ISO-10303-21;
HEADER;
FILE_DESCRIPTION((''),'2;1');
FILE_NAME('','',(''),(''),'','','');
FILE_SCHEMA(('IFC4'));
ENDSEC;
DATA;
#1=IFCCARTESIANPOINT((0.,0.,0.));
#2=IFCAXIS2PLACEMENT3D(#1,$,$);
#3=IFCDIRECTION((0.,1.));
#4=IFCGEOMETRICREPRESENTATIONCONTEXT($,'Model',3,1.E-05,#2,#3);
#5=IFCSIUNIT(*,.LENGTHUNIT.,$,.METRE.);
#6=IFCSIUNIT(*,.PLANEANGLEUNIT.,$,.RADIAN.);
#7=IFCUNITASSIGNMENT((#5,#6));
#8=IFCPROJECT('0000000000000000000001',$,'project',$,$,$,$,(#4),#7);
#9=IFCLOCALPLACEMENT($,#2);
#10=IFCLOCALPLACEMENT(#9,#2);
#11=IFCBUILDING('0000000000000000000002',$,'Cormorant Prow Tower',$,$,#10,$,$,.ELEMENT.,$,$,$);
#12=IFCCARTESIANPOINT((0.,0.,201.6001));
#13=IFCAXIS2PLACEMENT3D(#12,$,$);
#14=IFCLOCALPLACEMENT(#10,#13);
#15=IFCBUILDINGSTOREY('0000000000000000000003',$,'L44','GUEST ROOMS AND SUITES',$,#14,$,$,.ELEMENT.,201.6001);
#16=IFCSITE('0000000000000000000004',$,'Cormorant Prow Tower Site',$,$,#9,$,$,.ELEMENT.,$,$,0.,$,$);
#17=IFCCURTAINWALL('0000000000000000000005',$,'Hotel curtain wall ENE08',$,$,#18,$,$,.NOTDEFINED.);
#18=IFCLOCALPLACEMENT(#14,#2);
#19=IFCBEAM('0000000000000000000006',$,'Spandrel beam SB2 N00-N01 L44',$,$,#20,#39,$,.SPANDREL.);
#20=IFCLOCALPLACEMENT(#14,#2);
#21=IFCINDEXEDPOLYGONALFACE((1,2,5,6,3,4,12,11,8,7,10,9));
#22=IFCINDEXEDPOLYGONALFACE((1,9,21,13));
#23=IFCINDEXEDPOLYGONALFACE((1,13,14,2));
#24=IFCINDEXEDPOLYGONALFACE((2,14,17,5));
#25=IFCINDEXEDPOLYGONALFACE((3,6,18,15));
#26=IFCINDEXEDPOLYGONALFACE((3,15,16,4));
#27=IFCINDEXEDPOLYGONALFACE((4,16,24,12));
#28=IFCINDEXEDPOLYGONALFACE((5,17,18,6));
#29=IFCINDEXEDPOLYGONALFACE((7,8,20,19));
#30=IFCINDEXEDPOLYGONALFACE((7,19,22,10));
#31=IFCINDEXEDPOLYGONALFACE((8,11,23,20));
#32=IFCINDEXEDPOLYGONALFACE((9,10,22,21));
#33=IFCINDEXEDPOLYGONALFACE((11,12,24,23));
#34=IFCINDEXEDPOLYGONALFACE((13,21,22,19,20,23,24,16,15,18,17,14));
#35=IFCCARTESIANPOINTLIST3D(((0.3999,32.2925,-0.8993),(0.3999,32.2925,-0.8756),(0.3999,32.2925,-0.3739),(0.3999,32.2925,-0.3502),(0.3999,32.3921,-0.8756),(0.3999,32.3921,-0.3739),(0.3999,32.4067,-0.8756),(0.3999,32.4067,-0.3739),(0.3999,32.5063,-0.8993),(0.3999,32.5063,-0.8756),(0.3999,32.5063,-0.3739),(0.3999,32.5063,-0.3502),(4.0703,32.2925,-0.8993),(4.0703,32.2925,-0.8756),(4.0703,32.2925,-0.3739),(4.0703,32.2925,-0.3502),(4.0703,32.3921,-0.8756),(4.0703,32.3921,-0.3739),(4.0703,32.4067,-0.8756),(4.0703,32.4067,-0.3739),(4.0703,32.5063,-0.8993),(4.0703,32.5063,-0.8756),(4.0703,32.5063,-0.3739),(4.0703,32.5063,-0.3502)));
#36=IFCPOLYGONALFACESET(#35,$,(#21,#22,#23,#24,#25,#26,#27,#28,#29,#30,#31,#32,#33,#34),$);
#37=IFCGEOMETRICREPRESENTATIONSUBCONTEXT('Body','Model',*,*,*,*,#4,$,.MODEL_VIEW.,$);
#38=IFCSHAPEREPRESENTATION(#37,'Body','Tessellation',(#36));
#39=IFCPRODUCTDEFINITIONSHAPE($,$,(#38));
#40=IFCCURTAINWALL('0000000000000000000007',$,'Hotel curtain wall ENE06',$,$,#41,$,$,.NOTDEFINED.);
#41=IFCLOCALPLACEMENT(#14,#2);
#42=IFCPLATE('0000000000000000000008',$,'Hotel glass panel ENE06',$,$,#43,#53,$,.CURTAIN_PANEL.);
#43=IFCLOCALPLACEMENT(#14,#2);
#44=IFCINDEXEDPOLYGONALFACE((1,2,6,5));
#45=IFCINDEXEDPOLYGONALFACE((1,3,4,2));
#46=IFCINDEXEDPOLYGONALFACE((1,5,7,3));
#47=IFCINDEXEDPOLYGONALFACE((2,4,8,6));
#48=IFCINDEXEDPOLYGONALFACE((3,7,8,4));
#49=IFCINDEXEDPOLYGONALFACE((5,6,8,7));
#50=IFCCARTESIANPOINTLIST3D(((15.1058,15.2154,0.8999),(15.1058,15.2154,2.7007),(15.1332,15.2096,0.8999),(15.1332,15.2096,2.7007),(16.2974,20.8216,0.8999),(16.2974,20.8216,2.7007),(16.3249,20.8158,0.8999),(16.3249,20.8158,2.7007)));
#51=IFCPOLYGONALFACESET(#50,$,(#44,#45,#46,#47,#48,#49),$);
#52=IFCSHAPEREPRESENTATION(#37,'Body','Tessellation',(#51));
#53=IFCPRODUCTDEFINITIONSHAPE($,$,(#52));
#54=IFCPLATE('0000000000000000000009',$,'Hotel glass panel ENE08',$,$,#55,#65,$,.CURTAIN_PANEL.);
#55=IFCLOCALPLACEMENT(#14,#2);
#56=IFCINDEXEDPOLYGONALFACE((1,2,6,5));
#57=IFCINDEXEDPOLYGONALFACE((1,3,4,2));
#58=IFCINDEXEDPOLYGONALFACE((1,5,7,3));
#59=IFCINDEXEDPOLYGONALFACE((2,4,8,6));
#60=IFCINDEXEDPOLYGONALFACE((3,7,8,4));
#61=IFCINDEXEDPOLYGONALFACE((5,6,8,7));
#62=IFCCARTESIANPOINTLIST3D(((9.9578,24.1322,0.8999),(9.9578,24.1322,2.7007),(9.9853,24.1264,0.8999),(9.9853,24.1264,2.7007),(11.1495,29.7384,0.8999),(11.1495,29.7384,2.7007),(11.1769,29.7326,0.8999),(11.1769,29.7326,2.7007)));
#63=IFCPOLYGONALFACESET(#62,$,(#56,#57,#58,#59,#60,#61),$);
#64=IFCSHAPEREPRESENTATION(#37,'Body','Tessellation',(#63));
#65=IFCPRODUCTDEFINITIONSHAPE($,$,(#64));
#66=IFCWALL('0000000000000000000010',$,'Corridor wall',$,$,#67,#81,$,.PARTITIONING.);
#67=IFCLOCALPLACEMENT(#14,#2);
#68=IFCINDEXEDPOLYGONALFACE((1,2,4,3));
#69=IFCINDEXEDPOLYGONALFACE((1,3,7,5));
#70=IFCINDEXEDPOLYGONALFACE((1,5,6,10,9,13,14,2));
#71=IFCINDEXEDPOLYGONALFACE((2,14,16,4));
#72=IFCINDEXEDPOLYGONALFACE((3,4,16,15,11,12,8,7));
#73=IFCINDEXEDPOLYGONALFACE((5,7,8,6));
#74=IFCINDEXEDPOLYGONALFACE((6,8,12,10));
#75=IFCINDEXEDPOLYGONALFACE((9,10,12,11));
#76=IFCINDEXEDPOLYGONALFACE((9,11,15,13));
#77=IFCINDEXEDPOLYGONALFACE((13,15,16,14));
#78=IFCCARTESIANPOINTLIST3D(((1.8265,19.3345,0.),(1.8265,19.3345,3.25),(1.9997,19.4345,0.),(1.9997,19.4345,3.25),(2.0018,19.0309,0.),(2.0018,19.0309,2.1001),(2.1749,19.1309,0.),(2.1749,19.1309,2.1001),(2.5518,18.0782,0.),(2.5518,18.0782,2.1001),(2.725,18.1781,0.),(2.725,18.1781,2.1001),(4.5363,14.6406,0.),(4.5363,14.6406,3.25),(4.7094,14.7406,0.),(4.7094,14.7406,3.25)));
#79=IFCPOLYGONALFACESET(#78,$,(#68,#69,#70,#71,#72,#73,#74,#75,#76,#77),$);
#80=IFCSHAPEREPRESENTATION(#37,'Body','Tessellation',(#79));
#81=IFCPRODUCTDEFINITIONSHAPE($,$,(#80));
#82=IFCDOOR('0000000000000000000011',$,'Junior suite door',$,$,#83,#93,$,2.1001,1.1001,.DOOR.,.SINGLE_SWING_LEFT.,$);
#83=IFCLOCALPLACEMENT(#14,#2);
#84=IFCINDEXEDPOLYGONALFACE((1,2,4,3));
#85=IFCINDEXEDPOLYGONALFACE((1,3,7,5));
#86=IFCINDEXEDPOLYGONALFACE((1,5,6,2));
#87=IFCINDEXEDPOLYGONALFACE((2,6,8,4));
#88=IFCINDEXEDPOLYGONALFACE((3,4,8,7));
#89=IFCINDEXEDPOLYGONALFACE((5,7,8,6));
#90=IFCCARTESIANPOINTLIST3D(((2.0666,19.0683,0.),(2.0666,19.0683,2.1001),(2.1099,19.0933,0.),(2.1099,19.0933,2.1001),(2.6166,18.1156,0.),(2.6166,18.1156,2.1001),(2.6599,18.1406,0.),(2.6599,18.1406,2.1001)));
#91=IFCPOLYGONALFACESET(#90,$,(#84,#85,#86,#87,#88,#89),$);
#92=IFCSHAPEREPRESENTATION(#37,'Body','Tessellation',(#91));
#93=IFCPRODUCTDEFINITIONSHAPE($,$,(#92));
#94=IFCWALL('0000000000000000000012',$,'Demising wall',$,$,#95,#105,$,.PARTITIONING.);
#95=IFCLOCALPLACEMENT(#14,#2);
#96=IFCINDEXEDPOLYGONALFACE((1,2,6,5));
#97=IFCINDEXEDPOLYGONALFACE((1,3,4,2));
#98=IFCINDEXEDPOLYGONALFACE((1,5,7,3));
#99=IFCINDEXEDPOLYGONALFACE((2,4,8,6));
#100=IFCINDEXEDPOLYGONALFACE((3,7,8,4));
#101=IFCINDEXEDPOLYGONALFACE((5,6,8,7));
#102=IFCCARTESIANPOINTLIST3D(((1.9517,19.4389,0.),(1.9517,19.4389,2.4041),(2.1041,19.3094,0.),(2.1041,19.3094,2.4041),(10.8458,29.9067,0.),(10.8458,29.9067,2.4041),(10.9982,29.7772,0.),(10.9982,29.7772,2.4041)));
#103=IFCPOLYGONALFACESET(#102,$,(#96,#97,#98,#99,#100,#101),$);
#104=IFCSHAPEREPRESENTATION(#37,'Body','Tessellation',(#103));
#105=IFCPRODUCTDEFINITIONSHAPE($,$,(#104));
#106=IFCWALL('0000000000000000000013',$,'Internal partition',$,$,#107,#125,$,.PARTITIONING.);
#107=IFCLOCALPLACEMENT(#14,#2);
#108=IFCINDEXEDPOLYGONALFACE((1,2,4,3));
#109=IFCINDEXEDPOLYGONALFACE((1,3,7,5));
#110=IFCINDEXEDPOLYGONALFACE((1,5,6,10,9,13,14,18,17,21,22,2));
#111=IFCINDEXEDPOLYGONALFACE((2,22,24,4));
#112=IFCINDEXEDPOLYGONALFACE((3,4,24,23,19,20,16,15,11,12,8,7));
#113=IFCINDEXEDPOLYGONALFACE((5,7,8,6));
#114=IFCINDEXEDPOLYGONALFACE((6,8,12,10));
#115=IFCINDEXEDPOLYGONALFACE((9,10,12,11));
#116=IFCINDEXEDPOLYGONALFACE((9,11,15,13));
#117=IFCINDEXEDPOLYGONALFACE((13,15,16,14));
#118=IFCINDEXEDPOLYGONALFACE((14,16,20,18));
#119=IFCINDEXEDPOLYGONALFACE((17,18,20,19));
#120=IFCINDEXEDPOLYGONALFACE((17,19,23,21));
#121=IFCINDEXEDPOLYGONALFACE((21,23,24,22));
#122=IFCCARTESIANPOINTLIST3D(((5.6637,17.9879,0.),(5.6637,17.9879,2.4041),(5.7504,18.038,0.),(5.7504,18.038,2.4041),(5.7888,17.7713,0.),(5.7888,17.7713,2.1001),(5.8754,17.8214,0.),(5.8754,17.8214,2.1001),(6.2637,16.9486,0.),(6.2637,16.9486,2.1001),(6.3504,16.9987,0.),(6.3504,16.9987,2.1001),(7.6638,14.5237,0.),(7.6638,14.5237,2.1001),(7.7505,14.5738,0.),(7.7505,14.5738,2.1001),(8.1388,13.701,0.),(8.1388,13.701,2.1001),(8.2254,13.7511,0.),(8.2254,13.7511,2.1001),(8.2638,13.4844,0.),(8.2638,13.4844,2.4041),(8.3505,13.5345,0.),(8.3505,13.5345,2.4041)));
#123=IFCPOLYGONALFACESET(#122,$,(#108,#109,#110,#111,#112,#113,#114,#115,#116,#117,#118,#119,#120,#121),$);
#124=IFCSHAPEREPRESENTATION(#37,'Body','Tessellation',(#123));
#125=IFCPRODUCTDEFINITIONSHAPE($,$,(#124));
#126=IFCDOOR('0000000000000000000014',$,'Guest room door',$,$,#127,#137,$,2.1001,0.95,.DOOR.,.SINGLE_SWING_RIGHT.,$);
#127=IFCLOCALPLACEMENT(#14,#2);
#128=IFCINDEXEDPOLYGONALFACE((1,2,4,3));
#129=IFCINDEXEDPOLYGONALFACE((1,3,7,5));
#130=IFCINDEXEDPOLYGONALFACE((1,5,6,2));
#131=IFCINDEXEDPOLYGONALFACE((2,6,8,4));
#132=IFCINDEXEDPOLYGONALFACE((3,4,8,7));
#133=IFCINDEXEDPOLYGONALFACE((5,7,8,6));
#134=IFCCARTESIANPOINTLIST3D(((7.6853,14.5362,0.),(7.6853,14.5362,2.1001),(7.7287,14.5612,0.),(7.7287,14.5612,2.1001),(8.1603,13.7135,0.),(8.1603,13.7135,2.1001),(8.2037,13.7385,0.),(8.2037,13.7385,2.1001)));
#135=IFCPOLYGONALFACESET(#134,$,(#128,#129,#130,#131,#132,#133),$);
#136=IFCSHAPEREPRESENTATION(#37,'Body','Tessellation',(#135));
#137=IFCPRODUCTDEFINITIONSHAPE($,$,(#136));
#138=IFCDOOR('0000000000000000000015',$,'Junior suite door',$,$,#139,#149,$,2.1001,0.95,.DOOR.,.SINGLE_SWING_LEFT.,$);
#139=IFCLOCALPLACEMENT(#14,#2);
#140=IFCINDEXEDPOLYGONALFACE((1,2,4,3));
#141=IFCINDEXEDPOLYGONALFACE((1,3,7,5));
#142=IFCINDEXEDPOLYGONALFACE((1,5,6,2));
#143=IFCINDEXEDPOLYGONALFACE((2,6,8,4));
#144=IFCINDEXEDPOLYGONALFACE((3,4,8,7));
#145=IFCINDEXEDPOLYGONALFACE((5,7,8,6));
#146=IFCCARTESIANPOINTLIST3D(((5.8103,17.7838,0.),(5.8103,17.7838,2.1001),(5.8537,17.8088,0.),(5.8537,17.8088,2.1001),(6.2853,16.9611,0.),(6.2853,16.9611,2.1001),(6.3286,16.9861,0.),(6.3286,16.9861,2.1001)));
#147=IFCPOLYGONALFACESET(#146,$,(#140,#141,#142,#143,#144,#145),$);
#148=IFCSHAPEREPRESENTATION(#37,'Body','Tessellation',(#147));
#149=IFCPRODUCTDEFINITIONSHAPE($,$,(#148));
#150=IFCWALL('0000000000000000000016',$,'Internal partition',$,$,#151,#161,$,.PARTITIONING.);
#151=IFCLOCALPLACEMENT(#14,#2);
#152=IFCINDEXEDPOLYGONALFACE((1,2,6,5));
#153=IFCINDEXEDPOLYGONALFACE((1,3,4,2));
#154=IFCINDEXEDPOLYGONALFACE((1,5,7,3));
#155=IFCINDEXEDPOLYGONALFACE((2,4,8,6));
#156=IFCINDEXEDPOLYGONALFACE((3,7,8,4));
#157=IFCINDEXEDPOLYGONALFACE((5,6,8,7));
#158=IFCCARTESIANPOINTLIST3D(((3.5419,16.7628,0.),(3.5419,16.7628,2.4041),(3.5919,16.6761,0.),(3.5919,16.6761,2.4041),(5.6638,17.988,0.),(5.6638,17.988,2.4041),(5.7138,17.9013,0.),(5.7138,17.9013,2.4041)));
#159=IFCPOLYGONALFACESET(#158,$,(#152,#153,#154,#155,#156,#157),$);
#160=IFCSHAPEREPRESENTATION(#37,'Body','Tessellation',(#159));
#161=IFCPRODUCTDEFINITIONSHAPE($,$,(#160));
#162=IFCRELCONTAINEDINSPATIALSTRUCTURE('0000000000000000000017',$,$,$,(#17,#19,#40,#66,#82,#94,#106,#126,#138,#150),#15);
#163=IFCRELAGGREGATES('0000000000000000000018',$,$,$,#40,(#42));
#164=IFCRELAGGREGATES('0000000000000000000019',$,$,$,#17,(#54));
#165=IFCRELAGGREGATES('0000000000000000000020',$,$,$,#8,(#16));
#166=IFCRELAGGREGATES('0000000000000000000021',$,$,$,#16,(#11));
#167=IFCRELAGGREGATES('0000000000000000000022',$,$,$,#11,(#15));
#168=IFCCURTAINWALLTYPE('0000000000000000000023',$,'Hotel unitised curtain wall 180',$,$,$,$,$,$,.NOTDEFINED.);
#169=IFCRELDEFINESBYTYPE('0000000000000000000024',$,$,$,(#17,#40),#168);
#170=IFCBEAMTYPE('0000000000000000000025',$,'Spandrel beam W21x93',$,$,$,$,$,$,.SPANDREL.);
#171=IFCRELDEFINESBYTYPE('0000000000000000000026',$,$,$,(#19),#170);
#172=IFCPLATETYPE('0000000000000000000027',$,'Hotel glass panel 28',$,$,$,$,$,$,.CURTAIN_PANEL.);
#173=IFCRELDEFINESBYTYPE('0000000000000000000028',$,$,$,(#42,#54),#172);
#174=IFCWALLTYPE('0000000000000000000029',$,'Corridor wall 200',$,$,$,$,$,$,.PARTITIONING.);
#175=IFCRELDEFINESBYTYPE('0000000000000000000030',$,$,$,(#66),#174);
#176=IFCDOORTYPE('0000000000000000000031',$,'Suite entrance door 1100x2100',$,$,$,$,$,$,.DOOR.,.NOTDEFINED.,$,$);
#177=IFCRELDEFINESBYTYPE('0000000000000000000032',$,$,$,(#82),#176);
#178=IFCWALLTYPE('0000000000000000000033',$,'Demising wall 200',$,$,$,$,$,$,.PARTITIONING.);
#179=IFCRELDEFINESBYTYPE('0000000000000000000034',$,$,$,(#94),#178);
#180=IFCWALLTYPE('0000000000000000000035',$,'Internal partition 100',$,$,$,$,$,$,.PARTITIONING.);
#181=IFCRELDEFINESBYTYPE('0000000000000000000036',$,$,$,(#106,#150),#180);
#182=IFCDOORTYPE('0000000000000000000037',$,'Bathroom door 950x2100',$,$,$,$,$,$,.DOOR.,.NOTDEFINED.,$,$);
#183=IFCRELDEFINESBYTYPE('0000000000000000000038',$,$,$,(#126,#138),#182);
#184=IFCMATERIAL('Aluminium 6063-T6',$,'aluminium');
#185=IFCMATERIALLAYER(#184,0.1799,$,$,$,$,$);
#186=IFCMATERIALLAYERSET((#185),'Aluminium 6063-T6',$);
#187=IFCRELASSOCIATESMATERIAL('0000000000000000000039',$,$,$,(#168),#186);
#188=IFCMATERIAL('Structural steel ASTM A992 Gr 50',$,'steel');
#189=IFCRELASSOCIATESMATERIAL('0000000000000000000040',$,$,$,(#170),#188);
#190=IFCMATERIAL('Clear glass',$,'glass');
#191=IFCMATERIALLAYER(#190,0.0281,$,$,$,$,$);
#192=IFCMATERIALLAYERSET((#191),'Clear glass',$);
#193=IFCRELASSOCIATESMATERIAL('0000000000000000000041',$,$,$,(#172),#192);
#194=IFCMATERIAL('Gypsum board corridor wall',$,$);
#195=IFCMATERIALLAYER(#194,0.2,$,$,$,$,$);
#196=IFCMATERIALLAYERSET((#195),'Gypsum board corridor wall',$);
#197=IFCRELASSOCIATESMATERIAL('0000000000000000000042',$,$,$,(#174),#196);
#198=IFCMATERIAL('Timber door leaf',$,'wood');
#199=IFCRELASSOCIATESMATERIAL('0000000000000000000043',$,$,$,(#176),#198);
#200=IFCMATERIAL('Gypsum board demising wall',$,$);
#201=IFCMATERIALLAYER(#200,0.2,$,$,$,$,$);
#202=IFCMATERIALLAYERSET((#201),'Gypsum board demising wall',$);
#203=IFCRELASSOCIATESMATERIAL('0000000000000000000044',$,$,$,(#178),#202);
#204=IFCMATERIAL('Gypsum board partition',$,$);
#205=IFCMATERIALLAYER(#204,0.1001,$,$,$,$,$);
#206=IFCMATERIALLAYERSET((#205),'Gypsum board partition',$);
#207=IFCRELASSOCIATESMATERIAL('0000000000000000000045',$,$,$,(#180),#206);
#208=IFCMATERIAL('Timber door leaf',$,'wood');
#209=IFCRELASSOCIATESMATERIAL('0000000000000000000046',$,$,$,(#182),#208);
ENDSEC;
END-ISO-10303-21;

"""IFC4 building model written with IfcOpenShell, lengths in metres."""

from ifc_helpers import new_model, si_unit, direction, frame, frame_2d, origin, origin_2d, place, context, subcontext, project, spatial, rectangle, i_section, extrude, material, layer, layer_set, material_profile, profile_set, type_object, element, fill, aggregate, save


model = new_model("IFC4")

# Units and contexts
model_context = context("Model", 3, precision=1e-05, world=origin(), true_north=direction((0.0, 1.0)))
body_context = subcontext(model_context, "Body", "Model", "MODEL_VIEW")
ifc_project = project(units=[si_unit("LENGTHUNIT", "METRE"), si_unit("PLANEANGLEUNIT", "RADIAN")], contexts=[model_context])

# Site, building, storey
site_placement = place(None, origin())
site = spatial("IfcSite", under=ifc_project, at=site_placement, Name="Cormorant Prow Tower Site", CompositionType="ELEMENT", RefElevation=0.0)
building_placement = place(site_placement, origin())
building = spatial("IfcBuilding", under=site, at=building_placement, Name="Cormorant Prow Tower", CompositionType="ELEMENT")
storey_placement = place(building_placement, frame((0.0, 0.0, 201.6001)))
storey = spatial("IfcBuildingStorey", under=building, at=storey_placement, Name="L44", Description="GUEST ROOMS AND SUITES", CompositionType="ELEMENT", Elevation=201.6001)

# Curtain wall
ifc_material_1 = material(Name="Aluminium 6063-T6", Category="aluminium")
ifc_layer_1 = layer(ifc_material_1, 0.1799)
ifc_layer_set_1 = layer_set([ifc_layer_1], Name="Aluminium 6063-T6")
curtain_wall_type = type_object("IfcCurtainWallType", Name="Hotel unitised curtain wall 180", PredefinedType="NOTDEFINED", material=ifc_layer_set_1)
curtain_wall_1_placement = place(storey_placement, origin())
curtain_wall_1 = element("IfcCurtainWall", 1, at=curtain_wall_1_placement, inside=storey, type_object=curtain_wall_type, Name="Hotel curtain wall ENE08", PredefinedType="NOTDEFINED")

# Beam
ifc_material_2 = material(Name="Structural steel ASTM A992 Gr 50", Category="steel")
ifc_material_profile_1 = material_profile(ifc_material_2, i_section(OverallWidth=0.2139, OverallDepth=0.5491, WebThickness=0.0146, FlangeThickness=0.0237, at=origin_2d()), Name="W21x93")
ifc_profile_set_1 = profile_set([ifc_material_profile_1], Name="Structural steel ASTM A992 Gr 50")
beam_type = type_object("IfcBeamType", Name="Spandrel beam W21x93", PredefinedType="SPANDREL", material=ifc_profile_set_1)
beam_1_placement = place(storey_placement, frame((4.0703, 32.3994, -0.6248), z_axis=(-1.0, 0.0, 0.0), x_axis=(0.0, -1.0, 0.0)))
element("IfcBeam", 2, at=beam_1_placement, inside=storey, type_object=beam_type, Name="Spandrel beam SB2 N00-N01 L44", PredefinedType="SPANDREL", context=body_context, shape_type="SweptSolid", body=[
    extrude(i_section(OverallWidth=0.2139, OverallDepth=0.5491, WebThickness=0.0146, FlangeThickness=0.0237, at=origin_2d()), origin(), (0.0, 0.0, 1.0), 3.6704),
])

# Curtain wall, plate
curtain_wall_2_placement = place(storey_placement, origin())
curtain_wall_2 = element("IfcCurtainWall", 3, at=curtain_wall_2_placement, inside=storey, type_object=curtain_wall_type, Name="Hotel curtain wall ENE06", PredefinedType="NOTDEFINED")
ifc_material_3 = material(Name="Clear glass", Category="glass")
ifc_layer_2 = layer(ifc_material_3, 0.0281)
ifc_layer_set_2 = layer_set([ifc_layer_2], Name="Clear glass")
plate_type = type_object("IfcPlateType", Name="Hotel glass panel 28", PredefinedType="CURTAIN_PANEL", material=ifc_layer_set_2)
plate_1_placement = place(storey_placement, frame((15.7153, 18.0156, 0.8999), z_axis=(0.0, 0.0, 1.0), x_axis=(0.207912, 0.978148, 0.0)))
plate_1 = element("IfcPlate", 4, at=plate_1_placement, type_object=plate_type, Name="Hotel glass panel ENE06", PredefinedType="CURTAIN_PANEL", context=body_context, shape_type="SweptSolid", body=[
    extrude(rectangle(XDim=5.7314, YDim=0.0281, at=origin_2d()), origin(), (0.0, 0.0, 1.0), 1.8008),
])
aggregate(curtain_wall_2, [plate_1])

# Plate
plate_2_placement = place(storey_placement, frame((10.5674, 26.9324, 0.8999), z_axis=(0.0, 0.0, 1.0), x_axis=(0.207912, 0.978148, 0.0)))
plate_2 = element("IfcPlate", 5, at=plate_2_placement, type_object=plate_type, Name="Hotel glass panel ENE08", PredefinedType="CURTAIN_PANEL", context=body_context, shape_type="SweptSolid", body=[
    extrude(rectangle(XDim=5.7314, YDim=0.0281, at=origin_2d()), origin(), (0.0, 0.0, 1.0), 1.8008),
])
aggregate(curtain_wall_1, [plate_2])

# Wall, opening, door
ifc_material_4 = material(Name="Gypsum board corridor wall")
ifc_layer_3 = layer(ifc_material_4, 0.2)
ifc_layer_set_3 = layer_set([ifc_layer_3], Name="Gypsum board corridor wall")
wall_type_1 = type_object("IfcWallType", Name="Corridor wall 200", PredefinedType="PARTITIONING", material=ifc_layer_set_3)
wall_1_placement = place(storey_placement, frame((1.9131, 19.3845, 0.0), z_axis=(0.0, 0.0, 1.0), x_axis=(0.499962, -0.866048, 0.0)))
wall_1 = element("IfcWall", 6, at=wall_1_placement, inside=storey, type_object=wall_type_1, Name="Corridor wall", PredefinedType="PARTITIONING", context=body_context, shape_type="SweptSolid", body=[
    extrude(rectangle(XDim=5.4199, YDim=0.2, at=frame_2d((2.71, 0.0))), origin(), (0.0, 0.0, 1.0), 3.25),
])
opening_1_placement = place(wall_1_placement, frame((0.3506, 0.0, 0.0)))
opening_1 = element("IfcOpeningElement", 7, at=opening_1_placement, cuts=wall_1, PredefinedType="OPENING", context=body_context, shape_type="SweptSolid", body=[
    extrude(rectangle(XDim=1.1001, YDim=2.1001, at=frame_2d((0.55, 1.05))), frame((0.0, 0.1099, 0.0), z_axis=(0.0, -1.0, 0.0), x_axis=(1.0, 0.0, 0.0)), (0.0, 0.0, 1.0), 0.22),
])
ifc_material_5 = material(Name="Timber door leaf", Category="wood")
door_type_1 = type_object("IfcDoorType", Name="Suite entrance door 1100x2100", OperationType="NOTDEFINED", PredefinedType="DOOR", material=ifc_material_5)
door_1_placement = place(opening_1_placement, origin())
door_1 = element("IfcDoor", 8, at=door_1_placement, inside=storey, type_object=door_type_1, Name="Junior suite door", OperationType="SINGLE_SWING_LEFT", OverallHeight=2.1001, OverallWidth=1.1001, PredefinedType="DOOR", context=body_context, shape_type="SweptSolid", body=[
    extrude(rectangle(XDim=1.1001, YDim=2.1001, at=frame_2d((0.55, 1.05))), frame((0.0, 0.0249, 0.0), z_axis=(0.0, -1.0, 0.0), x_axis=(1.0, 0.0, 0.0)), (0.0, 0.0, 1.0), 0.05),
])
fill(opening_1, door_1)

# Wall
ifc_material_6 = material(Name="Gypsum board demising wall")
ifc_layer_4 = layer(ifc_material_6, 0.2)
ifc_layer_set_4 = layer_set([ifc_layer_4], Name="Gypsum board demising wall")
wall_type_2 = type_object("IfcWallType", Name="Demising wall 200", PredefinedType="PARTITIONING", material=ifc_layer_set_4)
wall_2_placement = place(storey_placement, frame((2.0278, 19.374, 0.0), z_axis=(0.0, 0.0, 1.0), x_axis=(0.647498, 0.762067, 0.0)))
element("IfcWall", 9, at=wall_2_placement, inside=storey, type_object=wall_type_2, Name="Demising wall", PredefinedType="PARTITIONING", context=body_context, shape_type="SweptSolid", body=[
    extrude(rectangle(XDim=13.7361, YDim=0.2, at=frame_2d((6.8682, 0.0))), origin(), (0.0, 0.0, 1.0), 2.4041),
])

# Wall, openings, doors
ifc_material_7 = material(Name="Gypsum board partition")
ifc_layer_5 = layer(ifc_material_7, 0.1001)
ifc_layer_set_5 = layer_set([ifc_layer_5], Name="Gypsum board partition")
wall_type_3 = type_object("IfcWallType", Name="Internal partition 100", PredefinedType="PARTITIONING", material=ifc_layer_set_5)
wall_3_placement = place(storey_placement, frame((5.707, 18.0129, 0.0), z_axis=(0.0, 0.0, 1.0), x_axis=(0.500007, -0.866021, 0.0)))
wall_3 = element("IfcWall", 10, at=wall_3_placement, inside=storey, type_object=wall_type_3, Name="Internal partition", PredefinedType="PARTITIONING", context=body_context, shape_type="SweptSolid", body=[
    extrude(rectangle(XDim=5.2002, YDim=0.1001, at=frame_2d((2.6001, 0.0))), origin(), (0.0, 0.0, 1.0), 2.4041),
])
opening_2_placement = place(wall_3_placement, frame((4.0, 0.0, 0.0)))
opening_2 = element("IfcOpeningElement", 11, at=opening_2_placement, cuts=wall_3, PredefinedType="OPENING", context=body_context, shape_type="SweptSolid", body=[
    extrude(rectangle(XDim=0.95, YDim=2.1001, at=frame_2d((0.4751, 1.05))), frame((0.0, 0.0601, 0.0), z_axis=(0.0, -1.0, 0.0), x_axis=(1.0, 0.0, 0.0)), (0.0, 0.0, 1.0), 0.1201),
])
opening_3_placement = place(wall_3_placement, frame((0.25, 0.0, 0.0)))
opening_3 = element("IfcOpeningElement", 12, at=opening_3_placement, cuts=wall_3, PredefinedType="OPENING", context=body_context, shape_type="SweptSolid", body=[
    extrude(rectangle(XDim=0.95, YDim=2.1001, at=frame_2d((0.4751, 1.05))), frame((0.0, 0.0601, 0.0), z_axis=(0.0, -1.0, 0.0), x_axis=(1.0, 0.0, 0.0)), (0.0, 0.0, 1.0), 0.1201),
])
ifc_material_8 = material(Name="Timber door leaf", Category="wood")
door_type_2 = type_object("IfcDoorType", Name="Bathroom door 950x2100", OperationType="NOTDEFINED", PredefinedType="DOOR", material=ifc_material_8)
door_2_placement = place(opening_2_placement, origin())
door_2 = element("IfcDoor", 13, at=door_2_placement, inside=storey, type_object=door_type_2, Name="Guest room door", OperationType="SINGLE_SWING_RIGHT", OverallHeight=2.1001, OverallWidth=0.95, PredefinedType="DOOR", context=body_context, shape_type="SweptSolid", body=[
    extrude(rectangle(XDim=0.95, YDim=2.1001, at=frame_2d((0.4751, 1.05))), frame((0.0, 0.0249, 0.0), z_axis=(0.0, -1.0, 0.0), x_axis=(1.0, 0.0, 0.0)), (0.0, 0.0, 1.0), 0.05),
])
fill(opening_2, door_2)
door_3_placement = place(opening_3_placement, origin())
door_3 = element("IfcDoor", 14, at=door_3_placement, inside=storey, type_object=door_type_2, Name="Junior suite door", OperationType="SINGLE_SWING_LEFT", OverallHeight=2.1001, OverallWidth=0.95, PredefinedType="DOOR", context=body_context, shape_type="SweptSolid", body=[
    extrude(rectangle(XDim=0.95, YDim=2.1001, at=frame_2d((0.4751, 1.05))), frame((0.0, 0.0249, 0.0), z_axis=(0.0, -1.0, 0.0), x_axis=(1.0, 0.0, 0.0)), (0.0, 0.0, 1.0), 0.05),
])
fill(opening_3, door_3)

# Wall
wall_4_placement = place(storey_placement, frame((3.5669, 16.7195, 0.0), z_axis=(0.0, 0.0, 1.0), x_axis=(0.866015, 0.500019, 0.0)))
element("IfcWall", 15, at=wall_4_placement, inside=storey, type_object=wall_type_3, Name="Internal partition", PredefinedType="PARTITIONING", context=body_context, shape_type="SweptSolid", body=[
    extrude(rectangle(XDim=2.4502, YDim=0.1001, at=frame_2d((1.2251, 0.0))), origin(), (0.0, 0.0, 1.0), 2.4041),
])

save(model, "model.ifc")
